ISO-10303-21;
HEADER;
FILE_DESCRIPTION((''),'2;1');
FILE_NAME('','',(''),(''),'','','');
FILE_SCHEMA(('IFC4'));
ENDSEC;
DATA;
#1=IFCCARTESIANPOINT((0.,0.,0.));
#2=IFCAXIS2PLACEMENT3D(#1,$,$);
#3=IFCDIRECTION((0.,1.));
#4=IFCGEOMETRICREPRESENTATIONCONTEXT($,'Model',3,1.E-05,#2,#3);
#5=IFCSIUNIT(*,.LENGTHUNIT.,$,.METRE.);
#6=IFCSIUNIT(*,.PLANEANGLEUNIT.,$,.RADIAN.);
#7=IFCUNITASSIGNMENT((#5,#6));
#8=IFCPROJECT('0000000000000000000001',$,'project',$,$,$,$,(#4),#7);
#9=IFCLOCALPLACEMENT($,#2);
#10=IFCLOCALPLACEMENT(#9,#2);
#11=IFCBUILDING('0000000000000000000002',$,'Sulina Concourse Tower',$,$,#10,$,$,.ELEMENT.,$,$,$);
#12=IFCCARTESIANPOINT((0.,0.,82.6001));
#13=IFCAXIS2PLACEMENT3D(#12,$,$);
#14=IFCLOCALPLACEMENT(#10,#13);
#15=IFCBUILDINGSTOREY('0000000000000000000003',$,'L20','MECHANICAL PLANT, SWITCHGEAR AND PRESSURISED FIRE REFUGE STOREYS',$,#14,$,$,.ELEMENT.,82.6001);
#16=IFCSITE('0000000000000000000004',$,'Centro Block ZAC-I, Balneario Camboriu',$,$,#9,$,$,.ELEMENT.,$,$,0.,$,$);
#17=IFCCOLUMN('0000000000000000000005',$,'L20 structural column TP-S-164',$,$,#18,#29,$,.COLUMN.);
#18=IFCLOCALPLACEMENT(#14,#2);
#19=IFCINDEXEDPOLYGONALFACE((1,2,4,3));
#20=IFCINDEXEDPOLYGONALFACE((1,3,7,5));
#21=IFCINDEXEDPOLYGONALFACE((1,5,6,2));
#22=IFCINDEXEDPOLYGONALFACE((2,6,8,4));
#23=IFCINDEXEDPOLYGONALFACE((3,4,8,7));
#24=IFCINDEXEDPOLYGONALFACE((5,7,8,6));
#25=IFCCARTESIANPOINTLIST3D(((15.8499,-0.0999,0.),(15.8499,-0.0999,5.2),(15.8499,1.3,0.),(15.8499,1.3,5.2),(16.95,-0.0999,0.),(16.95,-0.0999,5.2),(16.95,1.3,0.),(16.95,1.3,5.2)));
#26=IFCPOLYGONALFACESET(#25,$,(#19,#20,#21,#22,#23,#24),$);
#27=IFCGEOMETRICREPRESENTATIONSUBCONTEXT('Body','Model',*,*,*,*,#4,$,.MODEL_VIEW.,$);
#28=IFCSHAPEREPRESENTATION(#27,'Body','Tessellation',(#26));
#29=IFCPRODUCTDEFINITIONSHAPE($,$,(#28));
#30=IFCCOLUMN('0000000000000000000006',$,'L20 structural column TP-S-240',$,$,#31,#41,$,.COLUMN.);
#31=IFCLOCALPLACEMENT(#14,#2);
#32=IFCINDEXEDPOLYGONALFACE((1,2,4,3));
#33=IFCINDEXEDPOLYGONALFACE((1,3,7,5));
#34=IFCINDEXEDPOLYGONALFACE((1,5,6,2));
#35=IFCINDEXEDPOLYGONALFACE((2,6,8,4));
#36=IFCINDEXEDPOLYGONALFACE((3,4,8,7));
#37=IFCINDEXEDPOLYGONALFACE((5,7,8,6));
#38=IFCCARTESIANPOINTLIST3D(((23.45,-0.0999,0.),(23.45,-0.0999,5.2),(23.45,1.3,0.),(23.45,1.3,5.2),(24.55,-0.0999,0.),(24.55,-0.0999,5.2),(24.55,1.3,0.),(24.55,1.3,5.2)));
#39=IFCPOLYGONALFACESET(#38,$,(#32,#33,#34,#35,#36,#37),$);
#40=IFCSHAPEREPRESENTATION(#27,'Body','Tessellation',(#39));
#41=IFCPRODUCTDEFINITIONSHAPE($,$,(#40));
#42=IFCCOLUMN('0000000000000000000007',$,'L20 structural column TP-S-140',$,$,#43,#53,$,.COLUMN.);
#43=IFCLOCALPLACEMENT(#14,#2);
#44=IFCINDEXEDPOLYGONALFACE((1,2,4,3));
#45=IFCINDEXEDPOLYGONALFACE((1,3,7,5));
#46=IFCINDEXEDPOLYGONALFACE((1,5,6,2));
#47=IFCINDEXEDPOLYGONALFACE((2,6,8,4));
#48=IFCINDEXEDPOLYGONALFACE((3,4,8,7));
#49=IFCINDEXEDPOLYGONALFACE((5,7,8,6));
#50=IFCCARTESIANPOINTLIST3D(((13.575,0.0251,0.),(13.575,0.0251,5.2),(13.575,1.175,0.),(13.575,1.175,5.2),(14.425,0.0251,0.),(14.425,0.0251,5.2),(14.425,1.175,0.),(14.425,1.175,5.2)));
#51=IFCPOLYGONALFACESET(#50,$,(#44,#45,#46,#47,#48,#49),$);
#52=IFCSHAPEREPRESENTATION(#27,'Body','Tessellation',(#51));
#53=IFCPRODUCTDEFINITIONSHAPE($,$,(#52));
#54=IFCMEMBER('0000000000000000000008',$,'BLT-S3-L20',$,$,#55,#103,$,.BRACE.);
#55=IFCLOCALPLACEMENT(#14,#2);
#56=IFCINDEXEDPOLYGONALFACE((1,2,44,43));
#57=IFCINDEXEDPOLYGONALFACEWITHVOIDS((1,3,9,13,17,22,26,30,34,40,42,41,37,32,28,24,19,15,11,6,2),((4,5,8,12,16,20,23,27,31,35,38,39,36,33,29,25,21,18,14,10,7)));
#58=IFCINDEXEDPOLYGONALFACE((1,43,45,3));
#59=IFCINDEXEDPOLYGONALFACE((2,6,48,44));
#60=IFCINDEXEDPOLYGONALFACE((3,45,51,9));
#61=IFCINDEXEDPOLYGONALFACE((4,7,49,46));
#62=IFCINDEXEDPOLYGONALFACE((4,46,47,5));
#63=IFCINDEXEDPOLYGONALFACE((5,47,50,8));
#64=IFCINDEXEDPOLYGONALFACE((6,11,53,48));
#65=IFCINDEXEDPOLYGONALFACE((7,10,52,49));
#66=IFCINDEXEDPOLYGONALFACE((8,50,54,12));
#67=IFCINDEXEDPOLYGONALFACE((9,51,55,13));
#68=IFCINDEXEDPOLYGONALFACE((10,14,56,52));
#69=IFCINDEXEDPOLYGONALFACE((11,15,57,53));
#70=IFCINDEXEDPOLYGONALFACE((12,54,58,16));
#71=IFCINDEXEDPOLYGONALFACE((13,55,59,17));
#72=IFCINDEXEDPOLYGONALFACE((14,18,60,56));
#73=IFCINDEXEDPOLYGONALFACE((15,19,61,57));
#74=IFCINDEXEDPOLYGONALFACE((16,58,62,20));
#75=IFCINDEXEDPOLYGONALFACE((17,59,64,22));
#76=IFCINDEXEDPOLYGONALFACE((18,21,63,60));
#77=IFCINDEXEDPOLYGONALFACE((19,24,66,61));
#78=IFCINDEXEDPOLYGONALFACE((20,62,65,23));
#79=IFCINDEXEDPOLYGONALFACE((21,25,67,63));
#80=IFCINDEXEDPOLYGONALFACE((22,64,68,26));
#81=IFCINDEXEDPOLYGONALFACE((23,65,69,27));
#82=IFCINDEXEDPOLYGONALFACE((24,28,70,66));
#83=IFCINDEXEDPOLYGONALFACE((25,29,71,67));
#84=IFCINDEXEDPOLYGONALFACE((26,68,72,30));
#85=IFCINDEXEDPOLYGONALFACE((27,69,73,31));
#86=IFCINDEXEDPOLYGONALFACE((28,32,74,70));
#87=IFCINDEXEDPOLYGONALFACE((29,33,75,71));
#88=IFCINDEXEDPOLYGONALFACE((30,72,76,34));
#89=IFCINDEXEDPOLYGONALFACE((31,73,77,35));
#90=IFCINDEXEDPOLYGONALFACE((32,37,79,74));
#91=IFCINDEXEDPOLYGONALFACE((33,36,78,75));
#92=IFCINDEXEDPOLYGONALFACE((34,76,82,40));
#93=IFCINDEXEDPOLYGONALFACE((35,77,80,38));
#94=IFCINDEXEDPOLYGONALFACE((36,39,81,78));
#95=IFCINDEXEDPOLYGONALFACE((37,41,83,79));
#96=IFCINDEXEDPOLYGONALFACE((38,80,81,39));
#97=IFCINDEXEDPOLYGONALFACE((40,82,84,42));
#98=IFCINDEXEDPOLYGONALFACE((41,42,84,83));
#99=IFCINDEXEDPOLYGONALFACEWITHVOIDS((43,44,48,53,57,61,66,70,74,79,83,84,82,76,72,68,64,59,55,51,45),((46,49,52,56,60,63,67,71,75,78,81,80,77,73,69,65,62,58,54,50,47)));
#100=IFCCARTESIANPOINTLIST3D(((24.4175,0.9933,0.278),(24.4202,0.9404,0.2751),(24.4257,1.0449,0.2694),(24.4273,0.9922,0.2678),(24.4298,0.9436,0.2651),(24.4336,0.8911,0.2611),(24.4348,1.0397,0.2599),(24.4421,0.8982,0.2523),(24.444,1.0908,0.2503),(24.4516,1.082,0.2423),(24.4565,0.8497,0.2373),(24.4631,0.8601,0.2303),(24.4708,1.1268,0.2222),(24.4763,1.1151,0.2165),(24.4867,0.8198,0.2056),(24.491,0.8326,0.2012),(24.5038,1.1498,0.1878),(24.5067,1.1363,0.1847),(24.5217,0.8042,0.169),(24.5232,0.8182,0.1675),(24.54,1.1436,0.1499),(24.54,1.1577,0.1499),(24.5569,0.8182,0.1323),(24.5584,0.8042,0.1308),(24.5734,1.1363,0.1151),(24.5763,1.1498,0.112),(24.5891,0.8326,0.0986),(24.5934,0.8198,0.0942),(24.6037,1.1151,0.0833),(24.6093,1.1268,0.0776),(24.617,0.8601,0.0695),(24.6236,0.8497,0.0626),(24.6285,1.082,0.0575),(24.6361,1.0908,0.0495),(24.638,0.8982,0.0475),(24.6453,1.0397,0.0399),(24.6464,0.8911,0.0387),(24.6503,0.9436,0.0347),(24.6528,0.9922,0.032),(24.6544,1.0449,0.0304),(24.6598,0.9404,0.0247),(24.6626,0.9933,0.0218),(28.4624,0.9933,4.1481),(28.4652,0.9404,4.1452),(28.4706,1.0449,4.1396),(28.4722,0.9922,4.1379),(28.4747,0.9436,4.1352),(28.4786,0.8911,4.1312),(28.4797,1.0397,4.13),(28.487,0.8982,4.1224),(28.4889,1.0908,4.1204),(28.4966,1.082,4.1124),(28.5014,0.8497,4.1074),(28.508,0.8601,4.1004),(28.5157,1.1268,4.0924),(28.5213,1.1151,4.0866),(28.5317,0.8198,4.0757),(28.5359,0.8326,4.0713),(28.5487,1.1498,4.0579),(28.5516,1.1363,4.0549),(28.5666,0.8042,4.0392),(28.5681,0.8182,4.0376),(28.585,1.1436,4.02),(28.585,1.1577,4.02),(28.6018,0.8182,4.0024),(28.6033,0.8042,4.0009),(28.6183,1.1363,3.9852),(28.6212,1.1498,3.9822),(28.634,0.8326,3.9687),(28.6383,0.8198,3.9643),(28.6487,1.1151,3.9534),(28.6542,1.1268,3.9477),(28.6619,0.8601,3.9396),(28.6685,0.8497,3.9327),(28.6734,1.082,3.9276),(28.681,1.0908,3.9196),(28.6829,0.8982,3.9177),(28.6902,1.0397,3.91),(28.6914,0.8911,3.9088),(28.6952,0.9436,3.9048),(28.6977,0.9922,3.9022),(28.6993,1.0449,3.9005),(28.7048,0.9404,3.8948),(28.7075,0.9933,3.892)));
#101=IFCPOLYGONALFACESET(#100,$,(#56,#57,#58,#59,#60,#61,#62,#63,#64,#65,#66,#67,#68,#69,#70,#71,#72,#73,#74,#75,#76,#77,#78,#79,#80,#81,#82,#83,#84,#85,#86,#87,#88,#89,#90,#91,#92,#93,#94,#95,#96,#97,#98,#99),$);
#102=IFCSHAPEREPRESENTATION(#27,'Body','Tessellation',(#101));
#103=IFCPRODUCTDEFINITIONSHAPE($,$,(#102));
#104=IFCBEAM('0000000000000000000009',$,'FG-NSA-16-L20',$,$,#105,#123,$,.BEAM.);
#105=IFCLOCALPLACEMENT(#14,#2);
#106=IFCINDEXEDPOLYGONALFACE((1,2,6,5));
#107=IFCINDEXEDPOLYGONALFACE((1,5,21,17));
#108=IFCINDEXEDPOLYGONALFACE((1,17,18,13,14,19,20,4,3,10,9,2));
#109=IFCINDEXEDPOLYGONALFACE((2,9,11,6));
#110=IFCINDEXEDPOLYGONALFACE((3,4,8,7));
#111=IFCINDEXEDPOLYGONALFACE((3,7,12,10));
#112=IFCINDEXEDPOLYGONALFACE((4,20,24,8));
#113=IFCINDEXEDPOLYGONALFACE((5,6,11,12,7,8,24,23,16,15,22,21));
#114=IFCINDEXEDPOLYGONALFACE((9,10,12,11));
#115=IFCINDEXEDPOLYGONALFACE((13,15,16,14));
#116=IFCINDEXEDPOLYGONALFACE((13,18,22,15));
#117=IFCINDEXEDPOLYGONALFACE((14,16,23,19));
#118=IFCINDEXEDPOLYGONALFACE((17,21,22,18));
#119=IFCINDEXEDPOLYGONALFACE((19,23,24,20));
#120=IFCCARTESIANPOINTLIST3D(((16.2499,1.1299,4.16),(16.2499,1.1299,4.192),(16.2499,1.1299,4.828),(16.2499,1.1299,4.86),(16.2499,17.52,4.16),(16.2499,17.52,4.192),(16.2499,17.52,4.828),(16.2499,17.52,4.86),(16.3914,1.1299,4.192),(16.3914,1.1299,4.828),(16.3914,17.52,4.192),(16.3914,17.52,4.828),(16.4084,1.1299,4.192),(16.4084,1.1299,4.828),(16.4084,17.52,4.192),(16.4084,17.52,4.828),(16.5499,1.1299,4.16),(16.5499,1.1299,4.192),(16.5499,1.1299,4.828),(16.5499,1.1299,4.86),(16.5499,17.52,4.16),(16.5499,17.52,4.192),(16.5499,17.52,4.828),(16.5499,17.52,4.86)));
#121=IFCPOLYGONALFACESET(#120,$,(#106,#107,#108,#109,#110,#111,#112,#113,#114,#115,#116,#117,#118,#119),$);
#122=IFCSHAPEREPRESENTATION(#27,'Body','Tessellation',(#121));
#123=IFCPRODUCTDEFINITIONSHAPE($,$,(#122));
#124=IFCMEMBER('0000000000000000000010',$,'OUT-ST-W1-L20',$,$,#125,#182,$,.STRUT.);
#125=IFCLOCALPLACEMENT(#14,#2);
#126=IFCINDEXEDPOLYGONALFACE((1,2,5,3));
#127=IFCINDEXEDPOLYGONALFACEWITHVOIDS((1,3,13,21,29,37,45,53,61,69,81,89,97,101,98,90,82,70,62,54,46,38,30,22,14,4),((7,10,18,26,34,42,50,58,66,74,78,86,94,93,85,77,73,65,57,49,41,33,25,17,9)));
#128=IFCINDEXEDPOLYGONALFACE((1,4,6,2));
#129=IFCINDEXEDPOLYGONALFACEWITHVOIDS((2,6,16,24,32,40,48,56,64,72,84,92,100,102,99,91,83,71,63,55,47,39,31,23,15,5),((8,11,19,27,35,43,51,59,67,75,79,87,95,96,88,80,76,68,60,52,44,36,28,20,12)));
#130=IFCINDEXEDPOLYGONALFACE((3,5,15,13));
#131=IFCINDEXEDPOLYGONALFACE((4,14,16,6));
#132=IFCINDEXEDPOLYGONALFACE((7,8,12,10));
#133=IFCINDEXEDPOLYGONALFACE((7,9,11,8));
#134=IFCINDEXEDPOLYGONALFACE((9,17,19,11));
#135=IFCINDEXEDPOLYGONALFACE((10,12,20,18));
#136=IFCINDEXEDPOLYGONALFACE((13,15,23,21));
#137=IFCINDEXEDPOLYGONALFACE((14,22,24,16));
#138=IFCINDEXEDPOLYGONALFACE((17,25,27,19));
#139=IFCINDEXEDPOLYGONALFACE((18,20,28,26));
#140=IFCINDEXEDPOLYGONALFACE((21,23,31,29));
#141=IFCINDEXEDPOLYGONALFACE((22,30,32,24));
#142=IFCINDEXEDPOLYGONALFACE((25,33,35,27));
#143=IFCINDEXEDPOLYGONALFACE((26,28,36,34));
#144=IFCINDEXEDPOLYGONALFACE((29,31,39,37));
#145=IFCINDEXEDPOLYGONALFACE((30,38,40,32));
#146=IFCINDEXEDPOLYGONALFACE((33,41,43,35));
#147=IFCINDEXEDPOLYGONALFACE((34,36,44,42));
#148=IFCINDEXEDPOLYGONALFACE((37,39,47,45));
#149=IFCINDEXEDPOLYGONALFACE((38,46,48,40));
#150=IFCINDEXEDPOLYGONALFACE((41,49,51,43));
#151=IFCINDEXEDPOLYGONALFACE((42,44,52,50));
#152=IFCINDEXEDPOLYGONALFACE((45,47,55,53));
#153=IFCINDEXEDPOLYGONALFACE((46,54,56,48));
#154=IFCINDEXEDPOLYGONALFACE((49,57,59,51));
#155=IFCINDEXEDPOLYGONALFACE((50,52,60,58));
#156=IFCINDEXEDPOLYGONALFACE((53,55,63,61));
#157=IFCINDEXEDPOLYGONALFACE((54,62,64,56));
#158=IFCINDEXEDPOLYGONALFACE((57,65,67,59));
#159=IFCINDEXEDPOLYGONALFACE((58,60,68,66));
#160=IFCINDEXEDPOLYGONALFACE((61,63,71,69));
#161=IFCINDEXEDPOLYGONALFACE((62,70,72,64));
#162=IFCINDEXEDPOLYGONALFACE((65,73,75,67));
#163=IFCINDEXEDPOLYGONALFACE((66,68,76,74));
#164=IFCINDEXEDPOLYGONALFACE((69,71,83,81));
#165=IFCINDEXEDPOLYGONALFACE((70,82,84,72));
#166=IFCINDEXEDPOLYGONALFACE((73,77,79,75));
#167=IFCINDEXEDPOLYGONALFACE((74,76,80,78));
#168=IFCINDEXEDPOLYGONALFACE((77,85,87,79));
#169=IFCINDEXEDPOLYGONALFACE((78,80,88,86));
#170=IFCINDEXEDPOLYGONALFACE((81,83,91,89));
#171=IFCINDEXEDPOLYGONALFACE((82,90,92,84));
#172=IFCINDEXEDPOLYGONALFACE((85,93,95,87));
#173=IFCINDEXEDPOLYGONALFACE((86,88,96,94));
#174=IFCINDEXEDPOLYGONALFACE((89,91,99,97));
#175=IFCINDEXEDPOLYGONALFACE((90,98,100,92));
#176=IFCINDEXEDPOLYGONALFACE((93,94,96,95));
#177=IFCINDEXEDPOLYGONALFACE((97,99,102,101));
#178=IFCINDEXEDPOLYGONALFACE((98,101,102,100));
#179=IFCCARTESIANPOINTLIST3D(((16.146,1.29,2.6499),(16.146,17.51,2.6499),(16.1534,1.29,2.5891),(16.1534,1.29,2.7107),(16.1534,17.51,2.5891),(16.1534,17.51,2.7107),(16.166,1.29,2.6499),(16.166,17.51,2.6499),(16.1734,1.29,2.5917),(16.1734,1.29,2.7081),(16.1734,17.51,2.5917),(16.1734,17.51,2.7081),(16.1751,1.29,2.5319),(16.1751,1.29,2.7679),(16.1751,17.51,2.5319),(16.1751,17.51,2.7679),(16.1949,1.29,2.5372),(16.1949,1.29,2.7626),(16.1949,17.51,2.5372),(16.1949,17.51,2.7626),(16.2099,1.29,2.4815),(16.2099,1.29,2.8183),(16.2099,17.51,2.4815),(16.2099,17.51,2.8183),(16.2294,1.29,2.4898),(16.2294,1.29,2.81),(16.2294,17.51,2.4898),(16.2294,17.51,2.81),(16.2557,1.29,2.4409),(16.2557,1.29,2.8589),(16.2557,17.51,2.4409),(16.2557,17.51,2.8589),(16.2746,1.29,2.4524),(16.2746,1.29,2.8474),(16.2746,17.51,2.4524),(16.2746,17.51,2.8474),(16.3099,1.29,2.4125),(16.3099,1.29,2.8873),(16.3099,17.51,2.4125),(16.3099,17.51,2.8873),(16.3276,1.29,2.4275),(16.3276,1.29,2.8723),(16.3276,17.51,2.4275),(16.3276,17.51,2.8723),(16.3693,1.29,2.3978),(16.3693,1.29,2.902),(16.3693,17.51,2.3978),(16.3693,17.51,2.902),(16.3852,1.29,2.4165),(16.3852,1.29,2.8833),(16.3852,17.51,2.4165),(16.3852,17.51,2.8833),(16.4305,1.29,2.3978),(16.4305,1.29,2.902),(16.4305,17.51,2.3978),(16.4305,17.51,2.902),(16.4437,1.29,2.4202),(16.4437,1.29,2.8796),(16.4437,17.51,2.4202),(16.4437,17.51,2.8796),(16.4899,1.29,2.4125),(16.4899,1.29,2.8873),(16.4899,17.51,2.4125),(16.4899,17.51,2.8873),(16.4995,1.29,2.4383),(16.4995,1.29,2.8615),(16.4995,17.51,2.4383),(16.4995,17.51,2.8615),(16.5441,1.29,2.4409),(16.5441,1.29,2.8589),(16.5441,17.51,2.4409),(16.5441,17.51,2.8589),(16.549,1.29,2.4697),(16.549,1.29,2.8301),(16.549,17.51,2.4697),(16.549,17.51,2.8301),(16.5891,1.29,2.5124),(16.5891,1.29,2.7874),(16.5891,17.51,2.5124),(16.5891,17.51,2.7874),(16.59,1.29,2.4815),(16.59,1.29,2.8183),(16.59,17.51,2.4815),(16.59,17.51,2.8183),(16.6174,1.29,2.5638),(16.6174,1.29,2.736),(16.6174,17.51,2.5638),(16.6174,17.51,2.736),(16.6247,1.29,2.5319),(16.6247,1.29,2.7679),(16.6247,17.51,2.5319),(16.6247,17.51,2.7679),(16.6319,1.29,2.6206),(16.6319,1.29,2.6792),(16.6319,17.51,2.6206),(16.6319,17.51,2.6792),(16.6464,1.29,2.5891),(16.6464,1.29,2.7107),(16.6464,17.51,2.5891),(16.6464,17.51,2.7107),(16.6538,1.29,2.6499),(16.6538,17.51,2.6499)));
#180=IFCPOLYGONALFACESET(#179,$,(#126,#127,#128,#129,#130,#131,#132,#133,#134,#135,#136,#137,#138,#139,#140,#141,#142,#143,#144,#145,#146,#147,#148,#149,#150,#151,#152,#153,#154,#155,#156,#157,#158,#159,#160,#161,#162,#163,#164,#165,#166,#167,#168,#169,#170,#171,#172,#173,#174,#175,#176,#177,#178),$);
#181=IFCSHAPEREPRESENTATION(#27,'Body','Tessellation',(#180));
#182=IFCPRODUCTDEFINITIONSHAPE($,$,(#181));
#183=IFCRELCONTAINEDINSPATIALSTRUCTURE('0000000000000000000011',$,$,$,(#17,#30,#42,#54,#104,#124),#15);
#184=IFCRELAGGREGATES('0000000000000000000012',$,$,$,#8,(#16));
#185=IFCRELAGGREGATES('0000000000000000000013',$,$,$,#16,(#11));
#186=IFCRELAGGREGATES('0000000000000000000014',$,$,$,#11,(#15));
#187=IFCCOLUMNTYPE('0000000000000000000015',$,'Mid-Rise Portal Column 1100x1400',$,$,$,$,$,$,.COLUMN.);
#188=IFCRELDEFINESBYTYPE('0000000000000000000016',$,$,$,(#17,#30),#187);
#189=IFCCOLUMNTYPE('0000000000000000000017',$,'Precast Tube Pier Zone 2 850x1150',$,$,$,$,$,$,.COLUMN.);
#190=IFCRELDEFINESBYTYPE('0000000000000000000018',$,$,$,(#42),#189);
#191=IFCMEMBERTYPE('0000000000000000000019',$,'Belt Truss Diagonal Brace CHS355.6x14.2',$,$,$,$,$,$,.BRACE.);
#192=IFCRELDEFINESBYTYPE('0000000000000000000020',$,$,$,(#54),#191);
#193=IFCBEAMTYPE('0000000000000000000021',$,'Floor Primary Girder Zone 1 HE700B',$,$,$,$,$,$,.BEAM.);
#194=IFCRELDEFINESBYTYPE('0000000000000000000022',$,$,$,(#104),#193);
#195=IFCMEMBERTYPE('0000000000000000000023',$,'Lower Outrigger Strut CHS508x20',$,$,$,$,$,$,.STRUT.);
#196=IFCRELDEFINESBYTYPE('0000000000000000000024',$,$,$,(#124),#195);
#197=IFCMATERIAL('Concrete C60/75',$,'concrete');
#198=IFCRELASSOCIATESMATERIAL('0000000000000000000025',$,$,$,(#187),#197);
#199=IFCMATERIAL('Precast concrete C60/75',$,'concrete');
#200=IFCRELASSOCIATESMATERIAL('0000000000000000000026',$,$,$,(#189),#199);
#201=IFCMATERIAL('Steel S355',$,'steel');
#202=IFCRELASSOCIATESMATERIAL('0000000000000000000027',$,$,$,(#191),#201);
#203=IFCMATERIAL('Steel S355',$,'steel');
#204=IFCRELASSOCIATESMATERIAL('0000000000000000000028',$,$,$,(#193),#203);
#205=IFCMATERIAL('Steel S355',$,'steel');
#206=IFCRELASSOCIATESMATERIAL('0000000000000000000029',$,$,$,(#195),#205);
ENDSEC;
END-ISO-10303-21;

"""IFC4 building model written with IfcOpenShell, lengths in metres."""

from ifc_helpers import new_model, si_unit, direction, frame, origin, origin_2d, place, context, subcontext, project, spatial, rectangle, hollow_circle, i_section, extrude, material, material_profile, profile_set, type_object, element, save


model = new_model("IFC4")

# Units and contexts
model_context = context("Model", 3, precision=1e-05, world=origin(), true_north=direction((0.0, 1.0)))
body_context = subcontext(model_context, "Body", "Model", "MODEL_VIEW")
ifc_project = project(units=[si_unit("LENGTHUNIT", "METRE"), si_unit("PLANEANGLEUNIT", "RADIAN")], contexts=[model_context])

# Site, building, storey
site_placement = place(None, origin())
site = spatial("IfcSite", under=ifc_project, at=site_placement, Name="Centro Block ZAC-I, Balneario Camboriu", CompositionType="ELEMENT", RefElevation=0.0)
building_placement = place(site_placement, origin())
building = spatial("IfcBuilding", under=site, at=building_placement, Name="Sulina Concourse Tower", CompositionType="ELEMENT")
storey_placement = place(building_placement, frame((0.0, 0.0, 82.6001)))
storey = spatial("IfcBuildingStorey", under=building, at=storey_placement, Name="L20", Description="MECHANICAL PLANT, SWITCHGEAR AND PRESSURISED FIRE REFUGE STOREYS", CompositionType="ELEMENT", Elevation=82.6001)

# Columns
ifc_material_1 = material(Name="Concrete C60/75", Category="concrete")
ifc_material_profile_1 = material_profile(ifc_material_1, rectangle(XDim=1.1001, YDim=1.3999, at=origin_2d()), Name="RC 1100x1400")
ifc_profile_set_1 = profile_set([ifc_material_profile_1], Name="Concrete C60/75")
column_type_1 = type_object("IfcColumnType", Name="Mid-Rise Portal Column 1100x1400", PredefinedType="COLUMN", material=ifc_profile_set_1)
for number, where, z_axis, x_axis, name in (
    (1, (16.3999, 0.6001, 0.0), (0.0, 0.0, 1.0), (1.0, 0.0, 0.0), "L20 structural column TP-S-164"),
    (2, (24.0, 0.6001, 0.0), (0.0, 0.0, 1.0), (1.0, 0.0, 0.0), "L20 structural column TP-S-240"),
):
    element("IfcColumn", number, at=place(storey_placement, frame(where, z_axis=z_axis, x_axis=x_axis)), inside=storey, type_object=column_type_1, Name=name, PredefinedType="COLUMN", context=body_context, shape_type="SweptSolid", body=[
        extrude(rectangle(XDim=1.1001, YDim=1.3999, at=origin_2d()), origin(), (0.0, 0.0, 1.0), 5.2),
    ])
ifc_material_2 = material(Name="Precast concrete C60/75", Category="concrete")
ifc_material_profile_2 = material_profile(ifc_material_2, rectangle(XDim=0.8501, YDim=1.1499, at=origin_2d()), Name="PC 850x1150")
ifc_profile_set_2 = profile_set([ifc_material_profile_2], Name="Precast concrete C60/75")
column_type_2 = type_object("IfcColumnType", Name="Precast Tube Pier Zone 2 850x1150", PredefinedType="COLUMN", material=ifc_profile_set_2)
column_placement = place(storey_placement, frame((14.0, 0.6001, 0.0), z_axis=(0.0, 0.0, 1.0), x_axis=(1.0, 0.0, 0.0)))
element("IfcColumn", 3, at=column_placement, inside=storey, type_object=column_type_2, Name="L20 structural column TP-S-140", PredefinedType="COLUMN", context=body_context, shape_type="SweptSolid", body=[
    extrude(rectangle(XDim=0.8501, YDim=1.1499, at=origin_2d()), origin(), (0.0, 0.0, 1.0), 5.2),
])

# Member
ifc_material_3 = material(Name="Steel S355", Category="steel")
ifc_material_profile_3 = material_profile(ifc_material_3, hollow_circle(Radius=0.1777, WallThickness=0.0142, at=origin_2d()), Name="CHS 355.6x14.2")
ifc_profile_set_3 = profile_set([ifc_material_profile_3], Name="Steel S355")
member_type_1 = type_object("IfcMemberType", Name="Belt Truss Diagonal Brace CHS355.6x14.2", PredefinedType="BRACE", material=ifc_profile_set_3)
member_1_placement = place(storey_placement, frame((24.54, 0.98, 0.1499), z_axis=(0.722547, 0.0, 0.691322), x_axis=(0.0, 1.0, 0.0)))
element("IfcMember", 4, at=member_1_placement, inside=storey, type_object=member_type_1, Name="BLT-S3-L20", PredefinedType="BRACE", context=body_context, shape_type="SweptSolid", body=[
    extrude(hollow_circle(Radius=0.1777, WallThickness=0.0142, at=origin_2d()), origin(), (0.0, 0.0, 1.0), 5.5981),
])

# Beam
ifc_material_4 = material(Name="Steel S355", Category="steel")
ifc_material_profile_4 = material_profile(ifc_material_4, i_section(OverallWidth=0.3, OverallDepth=0.7, WebThickness=0.0171, FlangeThickness=0.032, at=origin_2d()), Name="HE 700 B")
ifc_profile_set_4 = profile_set([ifc_material_profile_4], Name="Steel S355")
beam_type_1 = type_object("IfcBeamType", Name="Floor Primary Girder Zone 1 HE700B", PredefinedType="BEAM", material=ifc_profile_set_4)
beam_1_placement = place(storey_placement, frame((16.3999, 1.1299, 4.51), z_axis=(0.0, 1.0, 0.0), x_axis=(-1.0, 0.0, 0.0)))
element("IfcBeam", 5, at=beam_1_placement, inside=storey, type_object=beam_type_1, Name="FG-NSA-16-L20", PredefinedType="BEAM", context=body_context, shape_type="SweptSolid", body=[
    extrude(i_section(OverallWidth=0.3, OverallDepth=0.7, WebThickness=0.0171, FlangeThickness=0.032, at=origin_2d()), origin(), (0.0, 0.0, 1.0), 16.3901),
])

# Member
ifc_material_5 = material(Name="Steel S355", Category="steel")
ifc_material_profile_5 = material_profile(ifc_material_5, hollow_circle(Radius=0.2539, WallThickness=0.02, at=origin_2d()), Name="CHS 508x20")
ifc_profile_set_5 = profile_set([ifc_material_profile_5], Name="Steel S355")
member_type_2 = type_object("IfcMemberType", Name="Lower Outrigger Strut CHS508x20", PredefinedType="STRUT", material=ifc_profile_set_5)
member_2_placement = place(storey_placement, frame((16.3999, 1.29, 2.6499), z_axis=(0.0, 1.0, 0.0), x_axis=(-1.0, 0.0, 0.0)))
element("IfcMember", 6, at=member_2_placement, inside=storey, type_object=member_type_2, Name="OUT-ST-W1-L20", PredefinedType="STRUT", context=body_context, shape_type="SweptSolid", body=[
    extrude(hollow_circle(Radius=0.2539, WallThickness=0.02, at=origin_2d()), origin(), (0.0, 0.0, 1.0), 16.22),
])

save(model, "model.ifc")
